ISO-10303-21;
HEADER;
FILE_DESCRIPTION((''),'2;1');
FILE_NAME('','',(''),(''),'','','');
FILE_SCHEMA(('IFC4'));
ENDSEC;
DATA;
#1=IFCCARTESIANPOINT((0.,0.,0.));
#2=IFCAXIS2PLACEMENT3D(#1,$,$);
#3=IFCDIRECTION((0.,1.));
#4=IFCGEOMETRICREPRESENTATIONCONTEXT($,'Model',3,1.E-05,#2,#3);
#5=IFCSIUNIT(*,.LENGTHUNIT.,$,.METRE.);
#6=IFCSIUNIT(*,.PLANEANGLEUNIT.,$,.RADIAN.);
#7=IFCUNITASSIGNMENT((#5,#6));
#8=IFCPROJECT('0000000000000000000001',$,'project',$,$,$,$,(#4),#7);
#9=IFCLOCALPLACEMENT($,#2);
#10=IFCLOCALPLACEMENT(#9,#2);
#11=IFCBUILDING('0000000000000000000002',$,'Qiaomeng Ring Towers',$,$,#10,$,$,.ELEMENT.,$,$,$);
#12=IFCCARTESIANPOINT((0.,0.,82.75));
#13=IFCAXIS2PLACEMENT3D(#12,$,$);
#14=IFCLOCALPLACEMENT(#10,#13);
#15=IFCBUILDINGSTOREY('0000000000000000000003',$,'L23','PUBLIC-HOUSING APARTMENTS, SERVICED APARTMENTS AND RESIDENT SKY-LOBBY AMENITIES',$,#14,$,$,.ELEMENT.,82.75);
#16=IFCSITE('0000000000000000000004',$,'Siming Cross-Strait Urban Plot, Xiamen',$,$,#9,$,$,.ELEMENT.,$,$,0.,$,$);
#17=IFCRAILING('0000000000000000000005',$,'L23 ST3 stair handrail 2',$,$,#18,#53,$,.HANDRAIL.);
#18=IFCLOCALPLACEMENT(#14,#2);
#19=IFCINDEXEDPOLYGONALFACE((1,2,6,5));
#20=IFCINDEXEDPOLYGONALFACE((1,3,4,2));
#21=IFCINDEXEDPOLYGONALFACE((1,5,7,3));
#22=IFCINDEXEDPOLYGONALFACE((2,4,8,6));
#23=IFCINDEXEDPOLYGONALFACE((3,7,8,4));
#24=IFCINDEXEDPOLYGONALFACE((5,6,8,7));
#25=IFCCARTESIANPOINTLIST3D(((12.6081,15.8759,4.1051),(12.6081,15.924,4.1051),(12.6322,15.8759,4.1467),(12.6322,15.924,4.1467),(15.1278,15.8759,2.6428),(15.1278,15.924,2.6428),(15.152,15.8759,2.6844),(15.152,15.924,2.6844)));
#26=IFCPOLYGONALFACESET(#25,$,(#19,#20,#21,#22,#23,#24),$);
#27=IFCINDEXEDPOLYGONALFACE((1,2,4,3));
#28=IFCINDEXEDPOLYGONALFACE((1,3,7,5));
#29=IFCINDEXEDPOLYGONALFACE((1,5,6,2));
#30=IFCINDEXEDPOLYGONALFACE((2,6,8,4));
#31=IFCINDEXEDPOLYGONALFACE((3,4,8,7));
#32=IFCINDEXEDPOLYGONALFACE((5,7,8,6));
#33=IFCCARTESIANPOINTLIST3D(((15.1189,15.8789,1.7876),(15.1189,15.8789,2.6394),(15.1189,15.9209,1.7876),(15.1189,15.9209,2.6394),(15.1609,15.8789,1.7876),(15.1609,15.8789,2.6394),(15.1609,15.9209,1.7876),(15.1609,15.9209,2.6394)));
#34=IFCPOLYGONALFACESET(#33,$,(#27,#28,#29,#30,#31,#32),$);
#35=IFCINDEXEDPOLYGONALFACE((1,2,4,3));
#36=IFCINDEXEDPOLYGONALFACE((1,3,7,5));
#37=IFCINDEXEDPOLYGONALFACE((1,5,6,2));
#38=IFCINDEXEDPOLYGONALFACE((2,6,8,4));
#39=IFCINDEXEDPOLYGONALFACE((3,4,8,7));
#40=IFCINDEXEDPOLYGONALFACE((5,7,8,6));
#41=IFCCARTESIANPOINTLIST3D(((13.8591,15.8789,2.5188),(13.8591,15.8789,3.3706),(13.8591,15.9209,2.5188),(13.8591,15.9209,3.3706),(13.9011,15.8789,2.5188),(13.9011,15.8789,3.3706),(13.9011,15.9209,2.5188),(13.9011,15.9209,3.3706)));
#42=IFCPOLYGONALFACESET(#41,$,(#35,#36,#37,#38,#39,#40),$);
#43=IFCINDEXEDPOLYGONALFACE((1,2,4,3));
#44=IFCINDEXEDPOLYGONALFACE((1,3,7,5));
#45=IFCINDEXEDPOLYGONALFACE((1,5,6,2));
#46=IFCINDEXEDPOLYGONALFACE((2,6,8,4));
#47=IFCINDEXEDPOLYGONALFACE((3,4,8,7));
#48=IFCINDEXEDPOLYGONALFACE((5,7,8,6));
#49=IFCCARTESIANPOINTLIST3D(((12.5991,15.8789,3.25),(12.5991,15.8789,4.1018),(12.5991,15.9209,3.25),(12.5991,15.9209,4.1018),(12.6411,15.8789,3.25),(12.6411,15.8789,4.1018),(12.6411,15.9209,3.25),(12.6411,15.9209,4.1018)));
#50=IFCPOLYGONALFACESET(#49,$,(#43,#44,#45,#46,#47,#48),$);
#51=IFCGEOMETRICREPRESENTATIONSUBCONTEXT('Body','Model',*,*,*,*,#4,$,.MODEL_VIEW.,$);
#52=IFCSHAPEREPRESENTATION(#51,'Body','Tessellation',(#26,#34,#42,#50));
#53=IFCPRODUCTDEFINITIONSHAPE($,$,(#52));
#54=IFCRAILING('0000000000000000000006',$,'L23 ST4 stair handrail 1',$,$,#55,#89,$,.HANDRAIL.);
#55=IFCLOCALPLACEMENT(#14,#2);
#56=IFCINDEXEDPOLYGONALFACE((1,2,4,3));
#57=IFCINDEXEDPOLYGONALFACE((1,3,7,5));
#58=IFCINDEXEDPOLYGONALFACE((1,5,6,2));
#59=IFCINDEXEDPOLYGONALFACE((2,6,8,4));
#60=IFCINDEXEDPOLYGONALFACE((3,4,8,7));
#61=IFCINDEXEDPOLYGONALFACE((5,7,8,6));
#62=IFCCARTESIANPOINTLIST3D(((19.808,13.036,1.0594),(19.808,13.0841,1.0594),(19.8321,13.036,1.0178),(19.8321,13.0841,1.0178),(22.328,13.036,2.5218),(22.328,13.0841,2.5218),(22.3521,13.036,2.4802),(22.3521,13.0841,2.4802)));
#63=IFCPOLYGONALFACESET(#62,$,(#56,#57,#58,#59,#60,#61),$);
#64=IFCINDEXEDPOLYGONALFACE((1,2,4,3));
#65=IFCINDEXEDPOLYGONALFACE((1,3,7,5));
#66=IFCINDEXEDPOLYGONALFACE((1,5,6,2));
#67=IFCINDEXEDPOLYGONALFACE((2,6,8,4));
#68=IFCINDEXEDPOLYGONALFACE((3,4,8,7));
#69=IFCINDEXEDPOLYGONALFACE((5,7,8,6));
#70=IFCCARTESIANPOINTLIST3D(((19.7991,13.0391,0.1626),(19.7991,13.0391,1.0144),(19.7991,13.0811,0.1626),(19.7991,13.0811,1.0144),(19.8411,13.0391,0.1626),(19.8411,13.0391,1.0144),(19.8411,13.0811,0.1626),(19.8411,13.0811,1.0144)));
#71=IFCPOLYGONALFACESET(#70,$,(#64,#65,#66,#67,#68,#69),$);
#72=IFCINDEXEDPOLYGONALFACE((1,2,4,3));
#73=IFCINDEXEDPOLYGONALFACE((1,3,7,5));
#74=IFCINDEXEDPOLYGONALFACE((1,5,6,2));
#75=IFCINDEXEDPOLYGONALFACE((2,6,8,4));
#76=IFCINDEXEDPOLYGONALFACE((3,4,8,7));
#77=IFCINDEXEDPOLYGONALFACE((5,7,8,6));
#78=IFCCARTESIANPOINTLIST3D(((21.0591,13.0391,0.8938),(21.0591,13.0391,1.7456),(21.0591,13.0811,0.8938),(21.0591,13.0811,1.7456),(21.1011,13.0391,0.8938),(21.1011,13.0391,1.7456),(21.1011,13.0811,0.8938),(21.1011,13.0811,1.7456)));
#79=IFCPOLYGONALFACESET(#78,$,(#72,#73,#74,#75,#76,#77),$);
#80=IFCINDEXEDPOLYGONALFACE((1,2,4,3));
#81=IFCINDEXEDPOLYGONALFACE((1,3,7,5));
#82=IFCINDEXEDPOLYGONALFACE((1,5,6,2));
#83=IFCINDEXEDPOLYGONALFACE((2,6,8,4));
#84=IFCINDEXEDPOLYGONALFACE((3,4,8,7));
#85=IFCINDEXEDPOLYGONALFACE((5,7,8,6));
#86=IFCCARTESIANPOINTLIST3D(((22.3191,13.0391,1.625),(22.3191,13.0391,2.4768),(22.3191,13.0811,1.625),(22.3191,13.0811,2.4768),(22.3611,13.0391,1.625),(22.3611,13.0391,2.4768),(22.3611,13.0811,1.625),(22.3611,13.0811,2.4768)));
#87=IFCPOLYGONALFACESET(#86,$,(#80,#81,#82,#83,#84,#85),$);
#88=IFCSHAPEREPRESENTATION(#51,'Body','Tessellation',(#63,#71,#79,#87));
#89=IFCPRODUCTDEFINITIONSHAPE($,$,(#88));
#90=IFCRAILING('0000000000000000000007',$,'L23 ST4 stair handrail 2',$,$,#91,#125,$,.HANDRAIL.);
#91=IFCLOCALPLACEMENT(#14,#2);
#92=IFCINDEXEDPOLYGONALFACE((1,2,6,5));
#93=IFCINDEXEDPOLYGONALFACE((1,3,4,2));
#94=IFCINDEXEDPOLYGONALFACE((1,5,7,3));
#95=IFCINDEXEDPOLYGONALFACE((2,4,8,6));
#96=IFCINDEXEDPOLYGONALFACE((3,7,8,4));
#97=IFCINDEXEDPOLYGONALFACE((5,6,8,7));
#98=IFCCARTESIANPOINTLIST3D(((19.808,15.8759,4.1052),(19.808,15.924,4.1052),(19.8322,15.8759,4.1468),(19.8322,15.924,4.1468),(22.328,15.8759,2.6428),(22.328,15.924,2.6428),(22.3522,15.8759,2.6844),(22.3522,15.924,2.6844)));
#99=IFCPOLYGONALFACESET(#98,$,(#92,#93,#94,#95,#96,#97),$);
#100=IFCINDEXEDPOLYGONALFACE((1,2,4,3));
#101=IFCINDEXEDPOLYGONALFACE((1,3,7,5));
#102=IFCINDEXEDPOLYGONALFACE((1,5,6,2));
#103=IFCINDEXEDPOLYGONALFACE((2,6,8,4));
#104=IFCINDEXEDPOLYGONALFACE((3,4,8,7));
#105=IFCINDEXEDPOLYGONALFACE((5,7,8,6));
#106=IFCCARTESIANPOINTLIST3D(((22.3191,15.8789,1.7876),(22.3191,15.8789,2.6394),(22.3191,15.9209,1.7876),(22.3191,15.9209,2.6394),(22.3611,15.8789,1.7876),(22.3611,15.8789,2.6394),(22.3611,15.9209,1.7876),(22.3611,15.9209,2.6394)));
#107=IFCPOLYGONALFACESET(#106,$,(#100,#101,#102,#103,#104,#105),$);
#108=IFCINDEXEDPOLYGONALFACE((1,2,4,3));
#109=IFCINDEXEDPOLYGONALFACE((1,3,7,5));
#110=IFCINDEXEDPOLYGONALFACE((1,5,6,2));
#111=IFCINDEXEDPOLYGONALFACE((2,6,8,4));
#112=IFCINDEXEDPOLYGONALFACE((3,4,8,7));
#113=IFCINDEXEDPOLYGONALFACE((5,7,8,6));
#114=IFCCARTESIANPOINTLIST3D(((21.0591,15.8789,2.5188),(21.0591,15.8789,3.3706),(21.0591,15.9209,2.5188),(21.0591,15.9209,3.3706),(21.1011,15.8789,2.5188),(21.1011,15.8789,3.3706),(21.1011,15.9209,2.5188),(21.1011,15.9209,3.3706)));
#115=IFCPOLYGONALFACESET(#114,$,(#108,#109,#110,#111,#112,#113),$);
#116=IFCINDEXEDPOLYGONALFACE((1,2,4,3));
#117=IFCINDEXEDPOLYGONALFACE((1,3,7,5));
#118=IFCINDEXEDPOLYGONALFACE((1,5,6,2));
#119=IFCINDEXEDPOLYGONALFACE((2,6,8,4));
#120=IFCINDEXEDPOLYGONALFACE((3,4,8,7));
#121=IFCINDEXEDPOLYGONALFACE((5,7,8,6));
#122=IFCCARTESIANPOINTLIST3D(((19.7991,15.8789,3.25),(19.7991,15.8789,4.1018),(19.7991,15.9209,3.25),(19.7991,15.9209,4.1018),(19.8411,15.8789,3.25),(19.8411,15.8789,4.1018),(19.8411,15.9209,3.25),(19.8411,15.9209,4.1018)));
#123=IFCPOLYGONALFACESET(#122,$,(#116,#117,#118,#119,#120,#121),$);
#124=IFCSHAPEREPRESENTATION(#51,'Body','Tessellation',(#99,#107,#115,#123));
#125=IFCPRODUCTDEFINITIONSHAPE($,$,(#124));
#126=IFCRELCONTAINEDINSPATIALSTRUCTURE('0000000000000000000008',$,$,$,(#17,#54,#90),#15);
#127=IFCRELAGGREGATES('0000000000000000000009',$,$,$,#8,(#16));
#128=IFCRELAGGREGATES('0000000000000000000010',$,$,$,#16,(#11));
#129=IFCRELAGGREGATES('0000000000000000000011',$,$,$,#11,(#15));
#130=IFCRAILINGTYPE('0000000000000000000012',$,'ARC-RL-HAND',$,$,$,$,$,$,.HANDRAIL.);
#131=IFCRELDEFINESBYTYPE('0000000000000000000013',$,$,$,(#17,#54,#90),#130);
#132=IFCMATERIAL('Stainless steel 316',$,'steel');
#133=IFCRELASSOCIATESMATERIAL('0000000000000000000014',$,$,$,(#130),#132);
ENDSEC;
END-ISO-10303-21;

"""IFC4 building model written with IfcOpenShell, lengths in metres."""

from ifc_helpers import new_model, si_unit, direction, frame, origin, origin_2d, place, context, subcontext, project, spatial, rectangle, extrude, material, type_object, element, save


model = new_model("IFC4")

# Units and contexts
model_context = context("Model", 3, precision=1e-05, world=origin(), true_north=direction((0.0, 1.0)))
body_context = subcontext(model_context, "Body", "Model", "MODEL_VIEW")
ifc_project = project(units=[si_unit("LENGTHUNIT", "METRE"), si_unit("PLANEANGLEUNIT", "RADIAN")], contexts=[model_context])

# Site, building, storey
site_placement = place(None, origin())
site = spatial("IfcSite", under=ifc_project, at=site_placement, Name="Siming Cross-Strait Urban Plot, Xiamen", CompositionType="ELEMENT", RefElevation=0.0)
building_placement = place(site_placement, origin())
building = spatial("IfcBuilding", under=site, at=building_placement, Name="Qiaomeng Ring Towers", CompositionType="ELEMENT")
storey_placement = place(building_placement, frame((0.0, 0.0, 82.75)))
storey = spatial("IfcBuildingStorey", under=building, at=storey_placement, Name="L23", Description="PUBLIC-HOUSING APARTMENTS, SERVICED APARTMENTS AND RESIDENT SKY-LOBBY AMENITIES", CompositionType="ELEMENT", Elevation=82.75)

# Railings
ifc_material_1 = material(Name="Stainless steel 316", Category="steel")
railing_type_1 = type_object("IfcRailingType", Name="ARC-RL-HAND", PredefinedType="HANDRAIL", material=ifc_material_1)
railing_1_placement = place(storey_placement, frame((15.1399, 15.8999, 1.7876)))
element("IfcRailing", 1, at=railing_1_placement, inside=storey, type_object=railing_type_1, Name="L23 ST3 stair handrail 2", PredefinedType="HANDRAIL", context=body_context, shape_type="SweptSolid", body=[
    extrude(rectangle(XDim=0.0481, YDim=0.0481, at=origin_2d()), frame((0.0, 0.0, 0.876), z_axis=(-0.864892, 0.0, 0.501958), x_axis=(0.0, -1.0, 0.0)), (0.0, 0.0, 1.0), 2.9133),
    extrude(rectangle(XDim=0.042, YDim=0.042, at=origin_2d()), origin(), (0.0, 0.0, 1.0), 0.8518),
    extrude(rectangle(XDim=0.042, YDim=0.042, at=origin_2d()), frame((-1.2598, 0.0, 0.7312)), (0.0, 0.0, 1.0), 0.8518),
    extrude(rectangle(XDim=0.042, YDim=0.042, at=origin_2d()), frame((-2.5198, 0.0, 1.4624)), (0.0, 0.0, 1.0), 0.8518),
])
railing_2_placement = place(storey_placement, frame((19.8201, 13.0601, 0.1626)))
element("IfcRailing", 2, at=railing_2_placement, inside=storey, type_object=railing_type_1, Name="L23 ST4 stair handrail 1", PredefinedType="HANDRAIL", context=body_context, shape_type="SweptSolid", body=[
    extrude(rectangle(XDim=0.0481, YDim=0.0481, at=origin_2d()), frame((0.0, 0.0, 0.876), z_axis=(0.864913, 0.0, 0.501921), x_axis=(0.0, 1.0, 0.0)), (0.0, 0.0, 1.0), 2.9136),
    extrude(rectangle(XDim=0.042, YDim=0.042, at=origin_2d()), origin(), (0.0, 0.0, 1.0), 0.8518),
    extrude(rectangle(XDim=0.042, YDim=0.042, at=origin_2d()), frame((1.26, 0.0, 0.7312)), (0.0, 0.0, 1.0), 0.8518),
    extrude(rectangle(XDim=0.042, YDim=0.042, at=origin_2d()), frame((2.52, 0.0, 1.4624)), (0.0, 0.0, 1.0), 0.8518),
])
railing_3_placement = place(storey_placement, frame((22.3401, 15.8999, 1.7876)))
element("IfcRailing", 3, at=railing_3_placement, inside=storey, type_object=railing_type_1, Name="L23 ST4 stair handrail 2", PredefinedType="HANDRAIL", context=body_context, shape_type="SweptSolid", body=[
    extrude(rectangle(XDim=0.0481, YDim=0.0481, at=origin_2d()), frame((0.0, 0.0, 0.876), z_axis=(-0.864913, 0.0, 0.501921), x_axis=(0.0, -1.0, 0.0)), (0.0, 0.0, 1.0), 2.9136),
    extrude(rectangle(XDim=0.042, YDim=0.042, at=origin_2d()), origin(), (0.0, 0.0, 1.0), 0.8518),
    extrude(rectangle(XDim=0.042, YDim=0.042, at=origin_2d()), frame((-1.26, 0.0, 0.7312)), (0.0, 0.0, 1.0), 0.8518),
    extrude(rectangle(XDim=0.042, YDim=0.042, at=origin_2d()), frame((-2.52, 0.0, 1.4624)), (0.0, 0.0, 1.0), 0.8518),
])

save(model, "model.ifc")
